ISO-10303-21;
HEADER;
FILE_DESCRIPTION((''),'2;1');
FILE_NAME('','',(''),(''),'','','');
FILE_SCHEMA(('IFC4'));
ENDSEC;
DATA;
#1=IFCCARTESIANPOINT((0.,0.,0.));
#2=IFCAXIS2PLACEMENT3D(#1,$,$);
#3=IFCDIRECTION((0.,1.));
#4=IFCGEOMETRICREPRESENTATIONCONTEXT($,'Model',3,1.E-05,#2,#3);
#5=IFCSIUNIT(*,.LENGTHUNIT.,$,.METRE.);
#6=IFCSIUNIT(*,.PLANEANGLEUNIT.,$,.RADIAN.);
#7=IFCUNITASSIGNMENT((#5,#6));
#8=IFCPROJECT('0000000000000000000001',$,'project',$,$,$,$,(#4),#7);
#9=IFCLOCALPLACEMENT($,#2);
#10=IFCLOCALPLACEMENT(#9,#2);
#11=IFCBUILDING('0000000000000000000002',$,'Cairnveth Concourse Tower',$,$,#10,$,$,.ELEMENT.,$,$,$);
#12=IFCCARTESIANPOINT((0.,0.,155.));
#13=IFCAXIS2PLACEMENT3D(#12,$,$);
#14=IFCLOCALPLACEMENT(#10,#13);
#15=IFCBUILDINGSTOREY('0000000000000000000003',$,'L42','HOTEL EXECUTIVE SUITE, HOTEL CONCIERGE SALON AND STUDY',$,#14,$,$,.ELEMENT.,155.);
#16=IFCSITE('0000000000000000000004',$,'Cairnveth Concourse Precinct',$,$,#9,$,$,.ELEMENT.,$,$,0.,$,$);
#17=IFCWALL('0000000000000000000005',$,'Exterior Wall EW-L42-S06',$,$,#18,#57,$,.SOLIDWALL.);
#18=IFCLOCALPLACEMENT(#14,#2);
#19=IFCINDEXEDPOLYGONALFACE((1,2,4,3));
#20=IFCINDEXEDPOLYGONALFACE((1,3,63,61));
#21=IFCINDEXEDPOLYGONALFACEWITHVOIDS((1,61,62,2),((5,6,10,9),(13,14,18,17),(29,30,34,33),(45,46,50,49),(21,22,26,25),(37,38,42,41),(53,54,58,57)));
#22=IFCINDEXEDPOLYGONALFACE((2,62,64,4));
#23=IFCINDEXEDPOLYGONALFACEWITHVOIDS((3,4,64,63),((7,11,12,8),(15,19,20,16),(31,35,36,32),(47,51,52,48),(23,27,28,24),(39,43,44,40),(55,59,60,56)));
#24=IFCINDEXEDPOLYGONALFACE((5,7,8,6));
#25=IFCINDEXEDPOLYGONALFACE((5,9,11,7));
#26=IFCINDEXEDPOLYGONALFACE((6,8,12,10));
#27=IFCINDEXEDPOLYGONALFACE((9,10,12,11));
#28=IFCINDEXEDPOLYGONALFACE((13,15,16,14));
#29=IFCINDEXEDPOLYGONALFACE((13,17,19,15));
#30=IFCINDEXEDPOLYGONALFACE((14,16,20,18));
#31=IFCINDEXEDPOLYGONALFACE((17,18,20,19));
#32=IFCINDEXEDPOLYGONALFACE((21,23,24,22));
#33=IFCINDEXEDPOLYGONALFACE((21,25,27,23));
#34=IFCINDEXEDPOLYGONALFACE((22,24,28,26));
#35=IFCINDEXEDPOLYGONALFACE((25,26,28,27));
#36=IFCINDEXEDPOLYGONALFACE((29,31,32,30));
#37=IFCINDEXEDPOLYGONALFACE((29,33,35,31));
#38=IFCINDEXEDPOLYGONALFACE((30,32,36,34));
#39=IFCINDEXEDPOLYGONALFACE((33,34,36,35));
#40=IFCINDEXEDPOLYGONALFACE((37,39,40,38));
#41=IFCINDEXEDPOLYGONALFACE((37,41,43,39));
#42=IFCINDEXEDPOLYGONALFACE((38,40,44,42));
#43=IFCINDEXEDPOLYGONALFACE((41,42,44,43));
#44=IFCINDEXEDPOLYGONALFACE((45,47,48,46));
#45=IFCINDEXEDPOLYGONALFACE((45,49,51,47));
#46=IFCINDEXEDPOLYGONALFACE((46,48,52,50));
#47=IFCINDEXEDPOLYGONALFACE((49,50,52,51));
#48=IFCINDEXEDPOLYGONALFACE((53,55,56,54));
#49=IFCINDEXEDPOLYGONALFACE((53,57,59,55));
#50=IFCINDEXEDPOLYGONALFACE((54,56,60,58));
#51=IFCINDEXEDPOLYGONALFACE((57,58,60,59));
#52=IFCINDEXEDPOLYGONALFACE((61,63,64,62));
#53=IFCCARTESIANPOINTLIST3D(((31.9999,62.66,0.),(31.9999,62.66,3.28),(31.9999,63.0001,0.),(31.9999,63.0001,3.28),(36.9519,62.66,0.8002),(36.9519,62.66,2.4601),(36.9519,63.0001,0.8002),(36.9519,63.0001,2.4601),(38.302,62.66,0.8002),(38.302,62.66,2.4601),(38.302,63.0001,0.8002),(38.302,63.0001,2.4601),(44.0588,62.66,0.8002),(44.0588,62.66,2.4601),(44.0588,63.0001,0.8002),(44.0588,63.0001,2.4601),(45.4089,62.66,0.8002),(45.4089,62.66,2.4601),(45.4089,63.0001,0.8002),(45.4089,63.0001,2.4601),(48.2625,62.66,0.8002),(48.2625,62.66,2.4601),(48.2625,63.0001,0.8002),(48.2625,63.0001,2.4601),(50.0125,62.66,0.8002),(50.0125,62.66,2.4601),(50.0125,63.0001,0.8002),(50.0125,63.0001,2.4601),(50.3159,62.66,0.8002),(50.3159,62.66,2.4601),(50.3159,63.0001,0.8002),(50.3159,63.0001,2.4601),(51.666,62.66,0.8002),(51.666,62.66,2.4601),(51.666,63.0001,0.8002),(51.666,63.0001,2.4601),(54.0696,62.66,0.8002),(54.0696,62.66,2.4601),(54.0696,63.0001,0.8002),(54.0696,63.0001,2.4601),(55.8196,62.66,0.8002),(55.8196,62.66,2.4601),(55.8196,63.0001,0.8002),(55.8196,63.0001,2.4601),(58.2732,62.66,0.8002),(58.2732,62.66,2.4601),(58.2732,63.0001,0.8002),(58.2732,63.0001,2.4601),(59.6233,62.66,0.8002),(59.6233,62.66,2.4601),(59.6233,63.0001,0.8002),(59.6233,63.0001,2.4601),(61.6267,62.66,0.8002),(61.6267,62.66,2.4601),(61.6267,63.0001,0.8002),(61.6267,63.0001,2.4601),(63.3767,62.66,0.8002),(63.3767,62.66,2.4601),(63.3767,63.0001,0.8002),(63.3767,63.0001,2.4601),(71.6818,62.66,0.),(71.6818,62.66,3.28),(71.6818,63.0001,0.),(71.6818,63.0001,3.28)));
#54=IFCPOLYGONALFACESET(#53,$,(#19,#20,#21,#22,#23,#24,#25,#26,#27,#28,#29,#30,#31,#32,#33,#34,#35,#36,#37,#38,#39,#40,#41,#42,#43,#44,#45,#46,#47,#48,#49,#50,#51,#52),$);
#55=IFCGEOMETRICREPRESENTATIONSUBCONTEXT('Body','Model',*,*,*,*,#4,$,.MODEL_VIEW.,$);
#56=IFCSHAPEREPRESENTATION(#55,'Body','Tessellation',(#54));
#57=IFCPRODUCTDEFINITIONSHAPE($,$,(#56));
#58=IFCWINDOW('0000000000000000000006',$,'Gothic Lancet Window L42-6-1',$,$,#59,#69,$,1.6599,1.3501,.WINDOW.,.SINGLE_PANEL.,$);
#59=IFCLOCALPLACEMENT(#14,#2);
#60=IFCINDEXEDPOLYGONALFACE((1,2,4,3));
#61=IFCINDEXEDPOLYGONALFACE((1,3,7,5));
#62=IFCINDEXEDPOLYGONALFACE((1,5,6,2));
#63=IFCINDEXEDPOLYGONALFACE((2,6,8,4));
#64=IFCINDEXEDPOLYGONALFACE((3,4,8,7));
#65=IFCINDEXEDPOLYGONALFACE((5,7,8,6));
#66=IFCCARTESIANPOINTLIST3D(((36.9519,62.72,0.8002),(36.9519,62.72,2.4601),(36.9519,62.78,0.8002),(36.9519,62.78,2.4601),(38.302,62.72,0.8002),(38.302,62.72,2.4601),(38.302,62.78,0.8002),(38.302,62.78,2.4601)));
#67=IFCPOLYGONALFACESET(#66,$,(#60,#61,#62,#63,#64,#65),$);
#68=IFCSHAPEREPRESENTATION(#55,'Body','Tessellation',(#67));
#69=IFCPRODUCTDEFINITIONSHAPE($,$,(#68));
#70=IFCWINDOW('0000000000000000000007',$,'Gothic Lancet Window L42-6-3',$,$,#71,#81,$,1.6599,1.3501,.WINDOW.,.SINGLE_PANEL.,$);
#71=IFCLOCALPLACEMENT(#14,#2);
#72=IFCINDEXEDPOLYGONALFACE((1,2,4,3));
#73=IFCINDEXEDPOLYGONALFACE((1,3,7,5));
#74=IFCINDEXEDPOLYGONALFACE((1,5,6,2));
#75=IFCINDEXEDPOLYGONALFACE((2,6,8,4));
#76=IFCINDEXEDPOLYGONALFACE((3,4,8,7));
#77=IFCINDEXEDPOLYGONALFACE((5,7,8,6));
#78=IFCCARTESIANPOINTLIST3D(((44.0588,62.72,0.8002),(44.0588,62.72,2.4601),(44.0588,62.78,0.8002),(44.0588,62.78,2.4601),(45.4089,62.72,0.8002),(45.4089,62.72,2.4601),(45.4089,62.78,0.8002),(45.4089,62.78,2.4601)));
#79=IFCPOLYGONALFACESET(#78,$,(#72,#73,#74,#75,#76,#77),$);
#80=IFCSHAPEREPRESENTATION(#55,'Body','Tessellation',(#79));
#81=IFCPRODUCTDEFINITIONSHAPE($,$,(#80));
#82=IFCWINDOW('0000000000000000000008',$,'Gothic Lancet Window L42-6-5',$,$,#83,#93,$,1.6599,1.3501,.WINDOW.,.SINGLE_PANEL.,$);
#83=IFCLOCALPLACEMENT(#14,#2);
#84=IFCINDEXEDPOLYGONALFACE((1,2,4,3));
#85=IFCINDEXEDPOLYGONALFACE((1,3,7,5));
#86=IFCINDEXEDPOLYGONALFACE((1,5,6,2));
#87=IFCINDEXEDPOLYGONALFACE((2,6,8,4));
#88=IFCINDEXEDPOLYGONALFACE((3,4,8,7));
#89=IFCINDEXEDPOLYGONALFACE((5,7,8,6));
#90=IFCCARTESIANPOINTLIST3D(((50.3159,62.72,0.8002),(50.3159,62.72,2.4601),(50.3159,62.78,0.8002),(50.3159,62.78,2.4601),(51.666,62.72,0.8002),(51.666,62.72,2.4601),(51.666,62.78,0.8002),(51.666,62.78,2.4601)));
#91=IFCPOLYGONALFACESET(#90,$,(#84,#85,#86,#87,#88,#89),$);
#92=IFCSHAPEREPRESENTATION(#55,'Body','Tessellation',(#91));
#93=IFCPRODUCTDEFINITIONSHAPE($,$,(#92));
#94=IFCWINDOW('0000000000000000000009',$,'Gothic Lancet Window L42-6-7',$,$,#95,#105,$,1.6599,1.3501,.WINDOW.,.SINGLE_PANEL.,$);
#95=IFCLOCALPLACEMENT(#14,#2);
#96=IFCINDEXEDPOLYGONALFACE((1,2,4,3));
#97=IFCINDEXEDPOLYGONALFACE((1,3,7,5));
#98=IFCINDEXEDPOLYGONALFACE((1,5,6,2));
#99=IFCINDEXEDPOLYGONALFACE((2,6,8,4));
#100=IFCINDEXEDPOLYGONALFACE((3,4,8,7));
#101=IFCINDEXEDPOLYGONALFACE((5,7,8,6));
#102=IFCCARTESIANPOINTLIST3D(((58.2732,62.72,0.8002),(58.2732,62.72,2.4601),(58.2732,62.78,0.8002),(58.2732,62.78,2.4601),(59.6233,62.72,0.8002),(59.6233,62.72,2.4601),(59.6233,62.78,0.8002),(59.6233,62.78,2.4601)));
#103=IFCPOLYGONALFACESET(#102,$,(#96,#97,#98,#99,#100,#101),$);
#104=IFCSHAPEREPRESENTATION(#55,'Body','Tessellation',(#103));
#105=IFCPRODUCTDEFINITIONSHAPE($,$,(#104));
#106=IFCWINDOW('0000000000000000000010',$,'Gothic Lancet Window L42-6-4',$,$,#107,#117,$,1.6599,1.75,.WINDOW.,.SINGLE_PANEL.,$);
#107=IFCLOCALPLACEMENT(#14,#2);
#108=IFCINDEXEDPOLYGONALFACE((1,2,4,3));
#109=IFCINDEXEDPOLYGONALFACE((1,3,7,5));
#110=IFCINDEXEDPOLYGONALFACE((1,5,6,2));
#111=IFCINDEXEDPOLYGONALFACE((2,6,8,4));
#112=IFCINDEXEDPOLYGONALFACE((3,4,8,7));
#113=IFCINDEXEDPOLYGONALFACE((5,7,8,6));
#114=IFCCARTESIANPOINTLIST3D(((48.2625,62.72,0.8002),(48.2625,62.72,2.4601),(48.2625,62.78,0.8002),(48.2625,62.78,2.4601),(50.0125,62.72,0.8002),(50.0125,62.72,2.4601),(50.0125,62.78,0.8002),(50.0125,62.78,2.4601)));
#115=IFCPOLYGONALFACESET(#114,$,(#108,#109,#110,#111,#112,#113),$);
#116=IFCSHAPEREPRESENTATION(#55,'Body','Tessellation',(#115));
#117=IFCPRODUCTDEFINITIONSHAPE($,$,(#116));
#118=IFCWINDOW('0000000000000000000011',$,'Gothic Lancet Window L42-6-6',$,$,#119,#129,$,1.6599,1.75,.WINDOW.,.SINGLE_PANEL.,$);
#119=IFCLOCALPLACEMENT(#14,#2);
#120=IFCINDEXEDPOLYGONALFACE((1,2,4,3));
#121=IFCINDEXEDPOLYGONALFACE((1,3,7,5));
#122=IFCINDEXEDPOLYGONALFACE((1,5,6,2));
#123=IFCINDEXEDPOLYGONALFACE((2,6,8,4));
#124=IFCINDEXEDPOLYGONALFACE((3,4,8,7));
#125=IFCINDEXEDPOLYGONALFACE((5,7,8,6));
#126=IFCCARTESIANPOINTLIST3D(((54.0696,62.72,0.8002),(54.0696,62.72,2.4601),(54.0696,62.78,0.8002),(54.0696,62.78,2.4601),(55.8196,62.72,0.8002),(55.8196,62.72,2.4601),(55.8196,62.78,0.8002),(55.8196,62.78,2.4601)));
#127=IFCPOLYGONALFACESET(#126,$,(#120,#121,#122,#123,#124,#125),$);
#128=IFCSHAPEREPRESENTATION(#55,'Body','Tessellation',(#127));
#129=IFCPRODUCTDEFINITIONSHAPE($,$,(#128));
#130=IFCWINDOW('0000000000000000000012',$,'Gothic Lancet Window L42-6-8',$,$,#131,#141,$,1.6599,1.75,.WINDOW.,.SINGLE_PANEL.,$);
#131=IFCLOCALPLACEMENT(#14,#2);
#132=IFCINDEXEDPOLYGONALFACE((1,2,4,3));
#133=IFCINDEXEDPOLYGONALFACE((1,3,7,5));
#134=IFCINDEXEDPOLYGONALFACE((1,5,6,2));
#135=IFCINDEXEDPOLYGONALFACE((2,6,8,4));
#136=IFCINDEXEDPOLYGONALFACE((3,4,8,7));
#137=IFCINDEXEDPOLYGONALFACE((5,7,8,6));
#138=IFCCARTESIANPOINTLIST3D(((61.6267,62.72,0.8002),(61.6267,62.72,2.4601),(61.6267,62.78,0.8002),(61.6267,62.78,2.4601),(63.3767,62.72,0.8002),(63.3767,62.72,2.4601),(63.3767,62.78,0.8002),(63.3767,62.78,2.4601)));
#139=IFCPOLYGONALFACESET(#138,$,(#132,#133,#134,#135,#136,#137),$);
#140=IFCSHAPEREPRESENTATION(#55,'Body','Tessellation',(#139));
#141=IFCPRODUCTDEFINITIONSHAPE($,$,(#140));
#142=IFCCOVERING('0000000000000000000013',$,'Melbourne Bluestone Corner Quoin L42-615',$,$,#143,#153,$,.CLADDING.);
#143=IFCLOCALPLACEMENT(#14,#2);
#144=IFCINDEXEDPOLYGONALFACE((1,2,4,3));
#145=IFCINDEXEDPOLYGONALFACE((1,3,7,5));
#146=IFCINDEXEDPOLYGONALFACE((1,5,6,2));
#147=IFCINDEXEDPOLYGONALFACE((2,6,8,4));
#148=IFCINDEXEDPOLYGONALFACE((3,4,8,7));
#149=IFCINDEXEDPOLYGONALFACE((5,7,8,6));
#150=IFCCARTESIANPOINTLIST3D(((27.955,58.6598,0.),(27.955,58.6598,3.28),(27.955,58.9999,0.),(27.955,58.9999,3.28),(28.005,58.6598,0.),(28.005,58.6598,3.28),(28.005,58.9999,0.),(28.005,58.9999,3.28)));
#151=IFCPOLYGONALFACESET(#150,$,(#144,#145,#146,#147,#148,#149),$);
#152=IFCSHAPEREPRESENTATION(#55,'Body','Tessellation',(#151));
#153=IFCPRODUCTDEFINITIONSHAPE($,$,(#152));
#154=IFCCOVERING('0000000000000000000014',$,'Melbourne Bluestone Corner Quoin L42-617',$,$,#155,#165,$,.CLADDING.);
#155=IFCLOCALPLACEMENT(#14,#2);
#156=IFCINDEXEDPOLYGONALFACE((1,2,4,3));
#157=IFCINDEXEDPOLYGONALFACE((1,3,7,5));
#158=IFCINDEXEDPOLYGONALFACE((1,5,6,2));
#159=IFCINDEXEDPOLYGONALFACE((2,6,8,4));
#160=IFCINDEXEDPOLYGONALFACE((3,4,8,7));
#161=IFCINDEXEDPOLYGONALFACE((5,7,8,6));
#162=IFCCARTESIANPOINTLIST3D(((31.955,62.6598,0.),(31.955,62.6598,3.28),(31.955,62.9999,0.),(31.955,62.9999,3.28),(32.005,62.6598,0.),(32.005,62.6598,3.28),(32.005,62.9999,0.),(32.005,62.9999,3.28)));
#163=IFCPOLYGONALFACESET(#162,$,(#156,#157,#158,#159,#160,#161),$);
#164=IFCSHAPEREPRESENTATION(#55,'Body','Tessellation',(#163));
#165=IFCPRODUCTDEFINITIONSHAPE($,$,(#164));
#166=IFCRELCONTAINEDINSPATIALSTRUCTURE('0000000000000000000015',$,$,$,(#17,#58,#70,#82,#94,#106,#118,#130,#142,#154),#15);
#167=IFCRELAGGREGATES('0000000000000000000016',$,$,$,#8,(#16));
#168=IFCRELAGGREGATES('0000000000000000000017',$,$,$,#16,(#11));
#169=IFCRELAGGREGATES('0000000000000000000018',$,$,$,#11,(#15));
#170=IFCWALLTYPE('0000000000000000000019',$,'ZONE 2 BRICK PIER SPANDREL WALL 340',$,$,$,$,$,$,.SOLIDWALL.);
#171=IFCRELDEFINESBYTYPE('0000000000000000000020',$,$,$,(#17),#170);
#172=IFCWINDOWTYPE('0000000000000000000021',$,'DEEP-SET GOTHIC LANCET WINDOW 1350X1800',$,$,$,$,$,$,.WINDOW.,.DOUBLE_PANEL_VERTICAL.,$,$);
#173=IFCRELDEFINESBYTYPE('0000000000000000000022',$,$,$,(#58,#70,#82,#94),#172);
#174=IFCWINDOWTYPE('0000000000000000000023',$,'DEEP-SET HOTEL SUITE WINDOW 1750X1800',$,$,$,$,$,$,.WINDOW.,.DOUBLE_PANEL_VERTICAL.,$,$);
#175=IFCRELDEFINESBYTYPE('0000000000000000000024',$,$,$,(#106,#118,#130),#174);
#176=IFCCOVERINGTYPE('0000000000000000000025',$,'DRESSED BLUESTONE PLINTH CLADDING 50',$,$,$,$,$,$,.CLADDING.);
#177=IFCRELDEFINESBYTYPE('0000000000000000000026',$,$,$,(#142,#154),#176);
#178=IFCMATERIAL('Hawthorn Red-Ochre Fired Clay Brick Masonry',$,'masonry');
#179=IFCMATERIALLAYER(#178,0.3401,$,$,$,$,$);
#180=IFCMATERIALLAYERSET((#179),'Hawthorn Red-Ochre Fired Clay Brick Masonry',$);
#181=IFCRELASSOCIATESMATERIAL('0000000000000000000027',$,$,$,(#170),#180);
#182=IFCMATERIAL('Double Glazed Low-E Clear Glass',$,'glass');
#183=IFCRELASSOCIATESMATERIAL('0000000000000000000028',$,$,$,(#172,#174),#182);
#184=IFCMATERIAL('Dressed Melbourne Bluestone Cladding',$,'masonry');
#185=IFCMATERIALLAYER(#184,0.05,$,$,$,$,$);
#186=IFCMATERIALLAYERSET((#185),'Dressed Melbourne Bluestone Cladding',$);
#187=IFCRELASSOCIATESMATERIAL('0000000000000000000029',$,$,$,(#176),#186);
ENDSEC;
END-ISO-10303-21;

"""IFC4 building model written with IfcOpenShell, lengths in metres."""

from ifc_helpers import new_model, si_unit, direction, frame, frame_2d, origin, place, context, subcontext, project, spatial, rectangle, extrude, material, layer, layer_set, type_object, element, fill, save


model = new_model("IFC4")

# Units and contexts
model_context = context("Model", 3, precision=1e-05, world=origin(), true_north=direction((0.0, 1.0)))
body_context = subcontext(model_context, "Body", "Model", "MODEL_VIEW")
ifc_project = project(units=[si_unit("LENGTHUNIT", "METRE"), si_unit("PLANEANGLEUNIT", "RADIAN")], contexts=[model_context])

# Site, building, storey
site_placement = place(None, origin())
site = spatial("IfcSite", under=ifc_project, at=site_placement, Name="Cairnveth Concourse Precinct", CompositionType="ELEMENT", RefElevation=0.0)
building_placement = place(site_placement, origin())
building = spatial("IfcBuilding", under=site, at=building_placement, Name="Cairnveth Concourse Tower", CompositionType="ELEMENT")
storey_placement = place(building_placement, frame((0.0, 0.0, 155.0)))
storey = spatial("IfcBuildingStorey", under=building, at=storey_placement, Name="L42", Description="HOTEL EXECUTIVE SUITE, HOTEL CONCIERGE SALON AND STUDY", CompositionType="ELEMENT", Elevation=155.0)

# Shared definitions
ifc_material_1 = material(Name="Hawthorn Red-Ochre Fired Clay Brick Masonry", Category="masonry")
ifc_layer_1 = layer(ifc_material_1, 0.3401)
ifc_layer_set_1 = layer_set([ifc_layer_1], Name="Hawthorn Red-Ochre Fired Clay Brick Masonry")
wall_type_1 = type_object("IfcWallType", Name="ZONE 2 BRICK PIER SPANDREL WALL 340", PredefinedType="SOLIDWALL", material=ifc_layer_set_1)

# Wall, openings, windows
wall_1_placement = place(storey_placement, frame((32.0, 62.8301, 0.0), z_axis=(0.0, 0.0, 1.0), x_axis=(1.0, 0.0, 0.0)))
wall_1 = element("IfcWall", 1, at=wall_1_placement, inside=storey, type_object=wall_type_1, Name="Exterior Wall EW-L42-S06", PredefinedType="SOLIDWALL", context=body_context, shape_type="SweptSolid", body=[
    extrude(rectangle(XDim=39.6819, YDim=0.3401, at=frame_2d((19.8408, 0.0))), origin(), (0.0, 0.0, 1.0), 3.28),
])
opening_1_placement = place(wall_1_placement, frame((4.9519, 0.0, 0.8)))
opening_1 = element("IfcOpeningElement", 2, at=opening_1_placement, cuts=wall_1, PredefinedType="OPENING", context=body_context, shape_type="SweptSolid", body=[
    extrude(rectangle(XDim=1.3501, YDim=1.6599, at=frame_2d((0.675, 0.8301))), frame((0.0, 0.1799, 0.0), z_axis=(0.0, -1.0, 0.0), x_axis=(1.0, 0.0, 0.0)), (0.0, 0.0, 1.0), 0.3601),
])
opening_2_placement = place(wall_1_placement, frame((12.0588, 0.0, 0.8)))
opening_2 = element("IfcOpeningElement", 3, at=opening_2_placement, cuts=wall_1, PredefinedType="OPENING", context=body_context, shape_type="SweptSolid", body=[
    extrude(rectangle(XDim=1.3501, YDim=1.6599, at=frame_2d((0.675, 0.8301))), frame((0.0, 0.1799, 0.0), z_axis=(0.0, -1.0, 0.0), x_axis=(1.0, 0.0, 0.0)), (0.0, 0.0, 1.0), 0.3601),
])
opening_3_placement = place(wall_1_placement, frame((16.2625, 0.0, 0.8)))
opening_3 = element("IfcOpeningElement", 4, at=opening_3_placement, cuts=wall_1, PredefinedType="OPENING", context=body_context, shape_type="SweptSolid", body=[
    extrude(rectangle(XDim=1.75, YDim=1.6599, at=frame_2d((0.875, 0.8301))), frame((0.0, 0.1799, 0.0), z_axis=(0.0, -1.0, 0.0), x_axis=(1.0, 0.0, 0.0)), (0.0, 0.0, 1.0), 0.3601),
])
opening_4_placement = place(wall_1_placement, frame((18.3159, 0.0, 0.8)))
opening_4 = element("IfcOpeningElement", 5, at=opening_4_placement, cuts=wall_1, PredefinedType="OPENING", context=body_context, shape_type="SweptSolid", body=[
    extrude(rectangle(XDim=1.3501, YDim=1.6599, at=frame_2d((0.675, 0.8301))), frame((0.0, 0.1799, 0.0), z_axis=(0.0, -1.0, 0.0), x_axis=(1.0, 0.0, 0.0)), (0.0, 0.0, 1.0), 0.3601),
])
opening_5_placement = place(wall_1_placement, frame((22.0696, 0.0, 0.8)))
opening_5 = element("IfcOpeningElement", 6, at=opening_5_placement, cuts=wall_1, PredefinedType="OPENING", context=body_context, shape_type="SweptSolid", body=[
    extrude(rectangle(XDim=1.75, YDim=1.6599, at=frame_2d((0.875, 0.8301))), frame((0.0, 0.1799, 0.0), z_axis=(0.0, -1.0, 0.0), x_axis=(1.0, 0.0, 0.0)), (0.0, 0.0, 1.0), 0.3601),
])
opening_6_placement = place(wall_1_placement, frame((26.2732, 0.0, 0.8)))
opening_6 = element("IfcOpeningElement", 7, at=opening_6_placement, cuts=wall_1, PredefinedType="OPENING", context=body_context, shape_type="SweptSolid", body=[
    extrude(rectangle(XDim=1.3501, YDim=1.6599, at=frame_2d((0.675, 0.8301))), frame((0.0, 0.1799, 0.0), z_axis=(0.0, -1.0, 0.0), x_axis=(1.0, 0.0, 0.0)), (0.0, 0.0, 1.0), 0.3601),
])
opening_7_placement = place(wall_1_placement, frame((29.6267, 0.0, 0.8)))
opening_7 = element("IfcOpeningElement", 8, at=opening_7_placement, cuts=wall_1, PredefinedType="OPENING", context=body_context, shape_type="SweptSolid", body=[
    extrude(rectangle(XDim=1.75, YDim=1.6599, at=frame_2d((0.875, 0.8301))), frame((0.0, 0.1799, 0.0), z_axis=(0.0, -1.0, 0.0), x_axis=(1.0, 0.0, 0.0)), (0.0, 0.0, 1.0), 0.3601),
])
ifc_material_2 = material(Name="Double Glazed Low-E Clear Glass", Category="glass")
window_type_1 = type_object("IfcWindowType", Name="DEEP-SET GOTHIC LANCET WINDOW 1350X1800", PartitioningType="DOUBLE_PANEL_VERTICAL", PredefinedType="WINDOW", material=ifc_material_2)
window_1_placement = place(opening_1_placement, origin())
window_1 = element("IfcWindow", 9, at=window_1_placement, inside=storey, type_object=window_type_1, Name="Gothic Lancet Window L42-6-1", OverallHeight=1.6599, OverallWidth=1.3501, PartitioningType="SINGLE_PANEL", PredefinedType="WINDOW", context=body_context, shape_type="SweptSolid", body=[
    extrude(rectangle(XDim=1.3501, YDim=1.6599, at=frame_2d((0.675, 0.8301))), frame((0.0, -0.05, 0.0), z_axis=(0.0, -1.0, 0.0), x_axis=(1.0, 0.0, 0.0)), (0.0, 0.0, 1.0), 0.0601),
])
fill(opening_1, window_1)
window_2_placement = place(opening_2_placement, origin())
window_2 = element("IfcWindow", 10, at=window_2_placement, inside=storey, type_object=window_type_1, Name="Gothic Lancet Window L42-6-3", OverallHeight=1.6599, OverallWidth=1.3501, PartitioningType="SINGLE_PANEL", PredefinedType="WINDOW", context=body_context, shape_type="SweptSolid", body=[
    extrude(rectangle(XDim=1.3501, YDim=1.6599, at=frame_2d((0.675, 0.8301))), frame((0.0, -0.05, 0.0), z_axis=(0.0, -1.0, 0.0), x_axis=(1.0, 0.0, 0.0)), (0.0, 0.0, 1.0), 0.0601),
])
fill(opening_2, window_2)
window_3_placement = place(opening_4_placement, origin())
window_3 = element("IfcWindow", 11, at=window_3_placement, inside=storey, type_object=window_type_1, Name="Gothic Lancet Window L42-6-5", OverallHeight=1.6599, OverallWidth=1.3501, PartitioningType="SINGLE_PANEL", PredefinedType="WINDOW", context=body_context, shape_type="SweptSolid", body=[
    extrude(rectangle(XDim=1.3501, YDim=1.6599, at=frame_2d((0.675, 0.8301))), frame((0.0, -0.05, 0.0), z_axis=(0.0, -1.0, 0.0), x_axis=(1.0, 0.0, 0.0)), (0.0, 0.0, 1.0), 0.0601),
])
fill(opening_4, window_3)
window_4_placement = place(opening_6_placement, origin())
window_4 = element("IfcWindow", 12, at=window_4_placement, inside=storey, type_object=window_type_1, Name="Gothic Lancet Window L42-6-7", OverallHeight=1.6599, OverallWidth=1.3501, PartitioningType="SINGLE_PANEL", PredefinedType="WINDOW", context=body_context, shape_type="SweptSolid", body=[
    extrude(rectangle(XDim=1.3501, YDim=1.6599, at=frame_2d((0.675, 0.8301))), frame((0.0, -0.05, 0.0), z_axis=(0.0, -1.0, 0.0), x_axis=(1.0, 0.0, 0.0)), (0.0, 0.0, 1.0), 0.0601),
])
fill(opening_6, window_4)
window_type_2 = type_object("IfcWindowType", Name="DEEP-SET HOTEL SUITE WINDOW 1750X1800", PartitioningType="DOUBLE_PANEL_VERTICAL", PredefinedType="WINDOW", material=ifc_material_2)
window_5_placement = place(opening_3_placement, origin())
window_5 = element("IfcWindow", 13, at=window_5_placement, inside=storey, type_object=window_type_2, Name="Gothic Lancet Window L42-6-4", OverallHeight=1.6599, OverallWidth=1.75, PartitioningType="SINGLE_PANEL", PredefinedType="WINDOW", context=body_context, shape_type="SweptSolid", body=[
    extrude(rectangle(XDim=1.75, YDim=1.6599, at=frame_2d((0.875, 0.8301))), frame((0.0, -0.05, 0.0), z_axis=(0.0, -1.0, 0.0), x_axis=(1.0, 0.0, 0.0)), (0.0, 0.0, 1.0), 0.0601),
])
fill(opening_3, window_5)
window_6_placement = place(opening_5_placement, origin())
window_6 = element("IfcWindow", 14, at=window_6_placement, inside=storey, type_object=window_type_2, Name="Gothic Lancet Window L42-6-6", OverallHeight=1.6599, OverallWidth=1.75, PartitioningType="SINGLE_PANEL", PredefinedType="WINDOW", context=body_context, shape_type="SweptSolid", body=[
    extrude(rectangle(XDim=1.75, YDim=1.6599, at=frame_2d((0.875, 0.8301))), frame((0.0, -0.05, 0.0), z_axis=(0.0, -1.0, 0.0), x_axis=(1.0, 0.0, 0.0)), (0.0, 0.0, 1.0), 0.0601),
])
fill(opening_5, window_6)
window_7_placement = place(opening_7_placement, origin())
window_7 = element("IfcWindow", 15, at=window_7_placement, inside=storey, type_object=window_type_2, Name="Gothic Lancet Window L42-6-8", OverallHeight=1.6599, OverallWidth=1.75, PartitioningType="SINGLE_PANEL", PredefinedType="WINDOW", context=body_context, shape_type="SweptSolid", body=[
    extrude(rectangle(XDim=1.75, YDim=1.6599, at=frame_2d((0.875, 0.8301))), frame((0.0, -0.05, 0.0), z_axis=(0.0, -1.0, 0.0), x_axis=(1.0, 0.0, 0.0)), (0.0, 0.0, 1.0), 0.0601),
])
fill(opening_7, window_7)

# Coverings
ifc_material_3 = material(Name="Dressed Melbourne Bluestone Cladding", Category="masonry")
ifc_layer_2 = layer(ifc_material_3, 0.05)
ifc_layer_set_2 = layer_set([ifc_layer_2], Name="Dressed Melbourne Bluestone Cladding")
covering_type = type_object("IfcCoveringType", Name="DRESSED BLUESTONE PLINTH CLADDING 50", PredefinedType="CLADDING", material=ifc_layer_set_2)
for number, where, z_axis, x_axis, name in (
    (16, (27.98, 58.6599, 0.0), (0.0, 0.0, 1.0), (0.0, 1.0, 0.0), "Melbourne Bluestone Corner Quoin L42-615"),
    (17, (31.98, 62.6599, 0.0), (0.0, 0.0, 1.0), (0.0, 1.0, 0.0), "Melbourne Bluestone Corner Quoin L42-617"),
):
    element("IfcCovering", number, at=place(storey_placement, frame(where, z_axis=z_axis, x_axis=x_axis)), inside=storey, type_object=covering_type, Name=name, PredefinedType="CLADDING", context=body_context, shape_type="SweptSolid", body=[
        extrude(rectangle(XDim=0.3401, YDim=0.05, at=frame_2d((0.1699, 0.0))), origin(), (0.0, 0.0, 1.0), 3.28),
    ])

save(model, "model.ifc")
